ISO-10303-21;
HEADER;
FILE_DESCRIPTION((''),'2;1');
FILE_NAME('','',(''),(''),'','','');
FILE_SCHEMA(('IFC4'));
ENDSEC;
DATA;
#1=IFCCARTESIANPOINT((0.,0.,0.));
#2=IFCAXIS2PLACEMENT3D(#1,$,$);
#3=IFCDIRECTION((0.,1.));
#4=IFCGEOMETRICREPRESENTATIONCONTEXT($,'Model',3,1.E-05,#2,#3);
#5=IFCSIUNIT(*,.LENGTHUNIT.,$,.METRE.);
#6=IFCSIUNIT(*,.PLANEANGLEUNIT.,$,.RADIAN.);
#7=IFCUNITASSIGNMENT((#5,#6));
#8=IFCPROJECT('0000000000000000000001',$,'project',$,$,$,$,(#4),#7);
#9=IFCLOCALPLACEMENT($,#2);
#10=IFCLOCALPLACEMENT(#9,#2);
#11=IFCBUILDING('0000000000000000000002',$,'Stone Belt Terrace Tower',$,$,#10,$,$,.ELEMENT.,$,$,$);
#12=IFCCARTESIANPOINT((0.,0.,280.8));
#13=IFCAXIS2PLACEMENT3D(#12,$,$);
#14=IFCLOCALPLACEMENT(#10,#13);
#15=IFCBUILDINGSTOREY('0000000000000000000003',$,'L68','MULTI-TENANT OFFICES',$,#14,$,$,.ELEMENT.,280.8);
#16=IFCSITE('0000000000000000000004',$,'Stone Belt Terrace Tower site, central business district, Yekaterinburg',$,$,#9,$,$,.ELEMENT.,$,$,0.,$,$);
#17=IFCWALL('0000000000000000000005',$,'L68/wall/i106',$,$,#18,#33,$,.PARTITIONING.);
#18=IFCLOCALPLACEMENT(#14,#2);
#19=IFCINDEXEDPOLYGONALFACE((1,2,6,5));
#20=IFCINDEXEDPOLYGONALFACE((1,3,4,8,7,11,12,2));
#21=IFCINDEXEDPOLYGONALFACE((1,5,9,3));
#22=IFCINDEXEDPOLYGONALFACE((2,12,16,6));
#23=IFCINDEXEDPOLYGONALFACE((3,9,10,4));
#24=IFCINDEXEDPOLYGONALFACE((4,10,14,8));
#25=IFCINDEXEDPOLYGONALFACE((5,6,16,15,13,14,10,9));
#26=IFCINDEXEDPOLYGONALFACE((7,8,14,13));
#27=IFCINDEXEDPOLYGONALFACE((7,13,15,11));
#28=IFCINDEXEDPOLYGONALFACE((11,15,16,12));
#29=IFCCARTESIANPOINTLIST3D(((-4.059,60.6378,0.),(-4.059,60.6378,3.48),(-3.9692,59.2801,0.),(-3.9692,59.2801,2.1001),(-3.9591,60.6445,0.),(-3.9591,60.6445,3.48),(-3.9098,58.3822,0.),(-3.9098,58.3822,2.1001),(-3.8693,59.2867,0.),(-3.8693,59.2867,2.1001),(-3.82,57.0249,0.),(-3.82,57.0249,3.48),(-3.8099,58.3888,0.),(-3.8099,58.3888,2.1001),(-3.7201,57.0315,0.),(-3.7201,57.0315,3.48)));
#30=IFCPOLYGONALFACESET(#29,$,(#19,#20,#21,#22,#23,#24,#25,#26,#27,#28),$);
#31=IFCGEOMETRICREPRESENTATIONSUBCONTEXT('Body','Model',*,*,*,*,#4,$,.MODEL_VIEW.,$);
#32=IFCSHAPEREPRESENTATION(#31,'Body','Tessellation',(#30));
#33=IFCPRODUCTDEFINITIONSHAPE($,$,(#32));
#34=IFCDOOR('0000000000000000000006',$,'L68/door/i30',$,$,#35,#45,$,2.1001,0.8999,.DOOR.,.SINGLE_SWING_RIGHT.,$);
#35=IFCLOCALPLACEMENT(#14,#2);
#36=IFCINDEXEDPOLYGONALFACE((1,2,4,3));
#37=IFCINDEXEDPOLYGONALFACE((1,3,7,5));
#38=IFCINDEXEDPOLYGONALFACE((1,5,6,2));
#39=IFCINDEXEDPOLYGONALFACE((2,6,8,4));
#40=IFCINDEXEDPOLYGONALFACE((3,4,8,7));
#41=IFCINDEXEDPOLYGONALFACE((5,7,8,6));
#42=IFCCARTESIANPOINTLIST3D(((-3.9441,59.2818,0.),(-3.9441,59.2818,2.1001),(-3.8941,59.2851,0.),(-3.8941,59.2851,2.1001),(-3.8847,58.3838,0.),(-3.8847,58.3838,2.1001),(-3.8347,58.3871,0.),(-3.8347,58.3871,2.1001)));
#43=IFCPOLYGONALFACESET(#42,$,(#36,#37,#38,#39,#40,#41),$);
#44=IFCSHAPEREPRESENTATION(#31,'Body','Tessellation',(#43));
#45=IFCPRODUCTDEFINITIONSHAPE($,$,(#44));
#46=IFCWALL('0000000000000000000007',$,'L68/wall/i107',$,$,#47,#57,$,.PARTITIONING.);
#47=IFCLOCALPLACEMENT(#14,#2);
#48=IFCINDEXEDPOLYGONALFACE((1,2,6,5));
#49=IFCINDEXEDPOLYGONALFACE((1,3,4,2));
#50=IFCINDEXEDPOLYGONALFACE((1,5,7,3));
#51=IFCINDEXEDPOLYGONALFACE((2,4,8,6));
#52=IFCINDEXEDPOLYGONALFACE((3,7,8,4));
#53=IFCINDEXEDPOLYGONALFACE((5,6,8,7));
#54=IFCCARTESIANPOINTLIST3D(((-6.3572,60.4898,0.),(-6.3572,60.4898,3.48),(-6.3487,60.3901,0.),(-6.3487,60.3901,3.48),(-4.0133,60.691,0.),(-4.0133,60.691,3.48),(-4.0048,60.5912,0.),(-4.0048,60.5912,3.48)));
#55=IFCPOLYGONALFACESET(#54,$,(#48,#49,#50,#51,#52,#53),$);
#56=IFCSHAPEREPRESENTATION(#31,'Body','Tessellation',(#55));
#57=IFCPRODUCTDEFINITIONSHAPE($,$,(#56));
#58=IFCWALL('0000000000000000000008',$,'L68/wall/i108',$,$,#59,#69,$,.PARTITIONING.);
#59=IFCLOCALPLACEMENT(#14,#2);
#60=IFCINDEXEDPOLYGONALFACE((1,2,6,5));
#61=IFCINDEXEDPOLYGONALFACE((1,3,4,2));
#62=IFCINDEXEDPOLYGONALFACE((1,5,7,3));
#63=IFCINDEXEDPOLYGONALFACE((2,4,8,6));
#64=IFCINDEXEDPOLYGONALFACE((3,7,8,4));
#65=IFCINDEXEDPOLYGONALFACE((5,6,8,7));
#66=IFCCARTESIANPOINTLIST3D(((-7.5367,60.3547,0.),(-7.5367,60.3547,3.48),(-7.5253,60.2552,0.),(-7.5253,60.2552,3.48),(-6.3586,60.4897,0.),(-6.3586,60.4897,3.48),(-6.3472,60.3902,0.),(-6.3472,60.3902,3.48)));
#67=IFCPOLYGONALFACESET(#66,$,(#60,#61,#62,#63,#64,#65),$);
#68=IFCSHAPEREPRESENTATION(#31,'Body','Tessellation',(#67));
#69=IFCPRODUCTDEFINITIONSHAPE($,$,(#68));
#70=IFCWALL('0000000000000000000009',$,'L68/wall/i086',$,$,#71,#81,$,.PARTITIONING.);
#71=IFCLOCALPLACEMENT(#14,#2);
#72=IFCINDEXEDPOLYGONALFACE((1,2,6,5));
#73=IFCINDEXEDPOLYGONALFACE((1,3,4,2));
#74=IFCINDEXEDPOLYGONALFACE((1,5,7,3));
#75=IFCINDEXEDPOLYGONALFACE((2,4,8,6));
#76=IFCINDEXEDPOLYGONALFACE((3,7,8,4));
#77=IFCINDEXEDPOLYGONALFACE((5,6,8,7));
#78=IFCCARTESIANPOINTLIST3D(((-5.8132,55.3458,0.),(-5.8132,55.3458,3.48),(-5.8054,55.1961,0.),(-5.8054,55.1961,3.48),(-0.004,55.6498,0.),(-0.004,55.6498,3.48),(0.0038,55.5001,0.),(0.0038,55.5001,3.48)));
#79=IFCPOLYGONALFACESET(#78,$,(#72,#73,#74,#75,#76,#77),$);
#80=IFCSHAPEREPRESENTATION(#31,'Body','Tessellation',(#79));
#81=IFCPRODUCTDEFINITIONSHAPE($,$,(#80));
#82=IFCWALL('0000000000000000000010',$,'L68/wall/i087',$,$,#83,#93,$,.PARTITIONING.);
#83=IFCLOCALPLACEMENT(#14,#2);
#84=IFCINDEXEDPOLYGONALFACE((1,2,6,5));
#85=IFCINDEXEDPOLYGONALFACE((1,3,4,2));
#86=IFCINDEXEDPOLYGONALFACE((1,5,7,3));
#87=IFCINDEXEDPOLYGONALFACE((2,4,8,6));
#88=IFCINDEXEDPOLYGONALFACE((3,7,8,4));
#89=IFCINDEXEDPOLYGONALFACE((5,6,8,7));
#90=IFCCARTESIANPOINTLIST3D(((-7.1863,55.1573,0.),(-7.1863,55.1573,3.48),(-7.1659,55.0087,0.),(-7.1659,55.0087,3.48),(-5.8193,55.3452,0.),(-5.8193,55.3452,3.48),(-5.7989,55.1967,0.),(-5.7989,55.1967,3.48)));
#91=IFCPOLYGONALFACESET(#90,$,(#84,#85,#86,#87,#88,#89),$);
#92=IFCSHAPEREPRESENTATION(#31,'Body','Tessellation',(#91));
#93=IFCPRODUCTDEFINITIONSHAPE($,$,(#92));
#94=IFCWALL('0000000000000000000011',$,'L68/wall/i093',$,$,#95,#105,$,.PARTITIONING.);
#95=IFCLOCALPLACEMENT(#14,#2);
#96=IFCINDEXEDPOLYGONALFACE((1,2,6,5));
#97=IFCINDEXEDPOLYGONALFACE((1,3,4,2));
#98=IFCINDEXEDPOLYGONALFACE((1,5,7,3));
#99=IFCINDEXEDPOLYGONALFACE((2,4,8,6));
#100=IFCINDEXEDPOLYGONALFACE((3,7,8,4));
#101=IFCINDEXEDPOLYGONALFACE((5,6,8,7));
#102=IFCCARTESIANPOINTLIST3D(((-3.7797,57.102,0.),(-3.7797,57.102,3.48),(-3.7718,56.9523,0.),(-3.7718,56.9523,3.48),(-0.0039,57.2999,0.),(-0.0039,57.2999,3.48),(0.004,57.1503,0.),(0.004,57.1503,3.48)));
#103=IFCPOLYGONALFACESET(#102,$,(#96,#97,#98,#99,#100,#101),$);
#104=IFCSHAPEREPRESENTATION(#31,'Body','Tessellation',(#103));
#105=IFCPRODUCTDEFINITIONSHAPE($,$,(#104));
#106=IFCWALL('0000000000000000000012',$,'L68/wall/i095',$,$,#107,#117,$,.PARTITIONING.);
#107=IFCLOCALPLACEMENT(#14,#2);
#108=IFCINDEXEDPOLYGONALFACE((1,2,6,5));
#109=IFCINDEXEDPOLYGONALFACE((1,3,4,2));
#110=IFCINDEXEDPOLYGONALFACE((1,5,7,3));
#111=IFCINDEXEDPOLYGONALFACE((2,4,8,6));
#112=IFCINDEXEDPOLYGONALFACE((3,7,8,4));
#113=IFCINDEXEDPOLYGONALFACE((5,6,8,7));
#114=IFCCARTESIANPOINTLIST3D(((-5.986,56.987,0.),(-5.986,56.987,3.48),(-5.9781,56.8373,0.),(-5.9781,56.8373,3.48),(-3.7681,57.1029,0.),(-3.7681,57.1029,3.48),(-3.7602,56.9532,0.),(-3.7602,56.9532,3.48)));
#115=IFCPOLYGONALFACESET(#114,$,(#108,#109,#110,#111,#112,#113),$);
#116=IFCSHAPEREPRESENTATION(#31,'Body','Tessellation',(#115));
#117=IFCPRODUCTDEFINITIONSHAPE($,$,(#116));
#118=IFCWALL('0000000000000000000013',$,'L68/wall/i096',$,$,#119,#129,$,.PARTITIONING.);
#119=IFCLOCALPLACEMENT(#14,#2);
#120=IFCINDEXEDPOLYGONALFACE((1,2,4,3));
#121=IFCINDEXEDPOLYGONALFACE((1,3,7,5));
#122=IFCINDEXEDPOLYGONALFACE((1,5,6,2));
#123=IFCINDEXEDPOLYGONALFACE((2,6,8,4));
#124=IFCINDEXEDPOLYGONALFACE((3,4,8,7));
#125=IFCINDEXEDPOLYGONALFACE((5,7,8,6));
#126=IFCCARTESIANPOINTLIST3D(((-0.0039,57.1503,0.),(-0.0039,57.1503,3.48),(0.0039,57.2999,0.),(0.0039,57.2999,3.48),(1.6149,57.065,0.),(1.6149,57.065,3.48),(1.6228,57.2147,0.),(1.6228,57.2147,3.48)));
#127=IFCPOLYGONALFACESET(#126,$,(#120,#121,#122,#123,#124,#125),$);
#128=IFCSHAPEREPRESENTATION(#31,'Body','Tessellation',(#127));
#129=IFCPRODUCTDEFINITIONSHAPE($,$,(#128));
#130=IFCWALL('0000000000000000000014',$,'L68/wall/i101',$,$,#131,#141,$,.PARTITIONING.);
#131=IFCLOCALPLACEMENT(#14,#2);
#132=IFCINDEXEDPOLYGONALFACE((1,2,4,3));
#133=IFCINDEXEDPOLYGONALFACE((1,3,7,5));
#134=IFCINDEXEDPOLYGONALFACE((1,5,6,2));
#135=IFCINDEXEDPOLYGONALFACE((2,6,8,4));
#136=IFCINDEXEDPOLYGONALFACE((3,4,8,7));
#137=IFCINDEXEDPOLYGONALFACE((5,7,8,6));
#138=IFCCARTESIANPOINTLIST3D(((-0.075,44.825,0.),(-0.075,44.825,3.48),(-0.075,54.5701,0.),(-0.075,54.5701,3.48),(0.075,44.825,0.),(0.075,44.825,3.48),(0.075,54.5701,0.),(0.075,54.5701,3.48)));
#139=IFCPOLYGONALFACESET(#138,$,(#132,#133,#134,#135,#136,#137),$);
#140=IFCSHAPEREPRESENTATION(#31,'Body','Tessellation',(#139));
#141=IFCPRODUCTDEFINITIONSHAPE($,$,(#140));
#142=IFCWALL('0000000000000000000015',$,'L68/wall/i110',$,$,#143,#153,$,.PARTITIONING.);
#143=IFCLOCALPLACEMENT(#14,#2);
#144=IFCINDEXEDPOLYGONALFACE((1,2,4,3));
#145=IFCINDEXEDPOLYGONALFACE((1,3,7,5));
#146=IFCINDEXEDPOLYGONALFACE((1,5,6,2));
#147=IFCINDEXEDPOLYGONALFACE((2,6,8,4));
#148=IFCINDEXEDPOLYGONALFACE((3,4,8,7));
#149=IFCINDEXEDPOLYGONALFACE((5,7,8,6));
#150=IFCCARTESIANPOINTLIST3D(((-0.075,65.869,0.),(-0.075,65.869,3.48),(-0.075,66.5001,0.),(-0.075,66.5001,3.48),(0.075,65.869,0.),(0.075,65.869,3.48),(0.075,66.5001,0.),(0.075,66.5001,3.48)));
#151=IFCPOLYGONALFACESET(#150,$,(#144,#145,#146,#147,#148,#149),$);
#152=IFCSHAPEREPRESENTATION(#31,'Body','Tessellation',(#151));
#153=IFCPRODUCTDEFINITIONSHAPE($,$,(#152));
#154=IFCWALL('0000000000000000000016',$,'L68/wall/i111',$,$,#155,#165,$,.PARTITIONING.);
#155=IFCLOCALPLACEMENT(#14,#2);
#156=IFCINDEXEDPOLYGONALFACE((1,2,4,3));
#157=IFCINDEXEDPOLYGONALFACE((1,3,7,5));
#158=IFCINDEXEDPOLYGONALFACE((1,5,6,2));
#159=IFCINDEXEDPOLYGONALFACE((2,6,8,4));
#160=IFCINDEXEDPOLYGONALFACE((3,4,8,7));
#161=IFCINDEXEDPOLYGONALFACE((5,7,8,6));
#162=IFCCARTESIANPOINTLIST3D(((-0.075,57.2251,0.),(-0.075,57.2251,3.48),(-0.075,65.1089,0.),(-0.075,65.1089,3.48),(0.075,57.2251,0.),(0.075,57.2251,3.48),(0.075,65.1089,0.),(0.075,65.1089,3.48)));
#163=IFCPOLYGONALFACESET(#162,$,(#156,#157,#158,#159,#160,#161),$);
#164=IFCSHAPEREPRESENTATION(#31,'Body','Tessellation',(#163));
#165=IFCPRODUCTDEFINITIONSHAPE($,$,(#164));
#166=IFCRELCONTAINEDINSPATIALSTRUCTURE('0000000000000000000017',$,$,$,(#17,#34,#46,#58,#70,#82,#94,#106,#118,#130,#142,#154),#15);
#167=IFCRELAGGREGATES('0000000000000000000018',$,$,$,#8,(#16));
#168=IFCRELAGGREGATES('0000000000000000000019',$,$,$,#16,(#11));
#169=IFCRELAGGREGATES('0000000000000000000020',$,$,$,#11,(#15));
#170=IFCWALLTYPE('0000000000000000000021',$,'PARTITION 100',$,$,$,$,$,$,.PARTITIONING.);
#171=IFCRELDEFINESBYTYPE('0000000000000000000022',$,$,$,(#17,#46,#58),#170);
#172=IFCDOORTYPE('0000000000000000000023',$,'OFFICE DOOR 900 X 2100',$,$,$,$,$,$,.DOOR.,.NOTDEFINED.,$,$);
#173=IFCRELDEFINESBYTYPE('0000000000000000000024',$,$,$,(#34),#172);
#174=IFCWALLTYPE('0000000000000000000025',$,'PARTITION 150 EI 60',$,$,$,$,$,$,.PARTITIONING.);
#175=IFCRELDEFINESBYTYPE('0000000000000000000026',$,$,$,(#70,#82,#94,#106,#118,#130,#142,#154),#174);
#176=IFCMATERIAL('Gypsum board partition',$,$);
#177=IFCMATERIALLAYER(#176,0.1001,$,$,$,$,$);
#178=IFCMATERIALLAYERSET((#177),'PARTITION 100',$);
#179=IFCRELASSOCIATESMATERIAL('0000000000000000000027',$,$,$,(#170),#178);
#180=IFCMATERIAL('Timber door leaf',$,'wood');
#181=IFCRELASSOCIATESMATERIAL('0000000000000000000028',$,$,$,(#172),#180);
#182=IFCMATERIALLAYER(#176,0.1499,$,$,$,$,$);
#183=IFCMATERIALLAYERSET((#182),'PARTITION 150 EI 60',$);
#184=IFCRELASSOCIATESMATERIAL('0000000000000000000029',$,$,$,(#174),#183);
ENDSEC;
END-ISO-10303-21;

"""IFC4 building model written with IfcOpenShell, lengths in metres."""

from ifc_helpers import new_model, si_unit, direction, frame, frame_2d, origin, place, context, subcontext, project, spatial, rectangle, extrude, material, layer, layer_set, type_object, element, fill, save


model = new_model("IFC4")

# Units and contexts
model_context = context("Model", 3, precision=1e-05, world=origin(), true_north=direction((0.0, 1.0)))
body_context = subcontext(model_context, "Body", "Model", "MODEL_VIEW")
ifc_project = project(units=[si_unit("LENGTHUNIT", "METRE"), si_unit("PLANEANGLEUNIT", "RADIAN")], contexts=[model_context])

# Site, building, storey
site_placement = place(None, origin())
site = spatial("IfcSite", under=ifc_project, at=site_placement, Name="Stone Belt Terrace Tower site, central business district, Yekaterinburg", CompositionType="ELEMENT", RefElevation=0.0)
building_placement = place(site_placement, origin())
building = spatial("IfcBuilding", under=site, at=building_placement, Name="Stone Belt Terrace Tower", CompositionType="ELEMENT")
storey_placement = place(building_placement, frame((0.0, 0.0, 280.8)))
storey = spatial("IfcBuildingStorey", under=building, at=storey_placement, Name="L68", Description="MULTI-TENANT OFFICES", CompositionType="ELEMENT", Elevation=280.8)

# Wall, opening, door
ifc_material_1 = material(Name="Gypsum board partition")
ifc_layer_1 = layer(ifc_material_1, 0.1001)
ifc_layer_set_1 = layer_set([ifc_layer_1], Name="PARTITION 100")
wall_type_1 = type_object("IfcWallType", Name="PARTITION 100", PredefinedType="PARTITIONING", material=ifc_layer_set_1)
wall_1_placement = place(storey_placement, frame((-3.77, 57.0281, 0.0), z_axis=(0.0, 0.0, 1.0), x_axis=(-0.066009, 0.997819, 0.0)))
wall_1 = element("IfcWall", 1, at=wall_1_placement, inside=storey, type_object=wall_type_1, Name="L68/wall/i106", PredefinedType="PARTITIONING", context=body_context, shape_type="SweptSolid", body=[
    extrude(rectangle(XDim=3.6208, YDim=0.1001, at=frame_2d((1.8105, 0.0))), origin(), (0.0, 0.0, 1.0), 3.48),
])
opening_placement = place(wall_1_placement, frame((1.3604, 0.0, 0.0)))
opening = element("IfcOpeningElement", 2, at=opening_placement, cuts=wall_1, PredefinedType="OPENING", context=body_context, shape_type="SweptSolid", body=[
    extrude(rectangle(XDim=0.8999, YDim=2.1001, at=frame_2d((0.45, 1.05))), frame((0.0, 0.0601, 0.0), z_axis=(0.0, -1.0, 0.0), x_axis=(1.0, 0.0, 0.0)), (0.0, 0.0, 1.0), 0.1201),
])
ifc_material_2 = material(Name="Timber door leaf", Category="wood")
door_type = type_object("IfcDoorType", Name="OFFICE DOOR 900 X 2100", OperationType="NOTDEFINED", PredefinedType="DOOR", material=ifc_material_2)
door_placement = place(opening_placement, origin())
door = element("IfcDoor", 3, at=door_placement, inside=storey, type_object=door_type, Name="L68/door/i30", OperationType="SINGLE_SWING_RIGHT", OverallHeight=2.1001, OverallWidth=0.8999, PredefinedType="DOOR", context=body_context, shape_type="SweptSolid", body=[
    extrude(rectangle(XDim=0.8999, YDim=2.1001, at=frame_2d((0.45, 1.05))), frame((0.0, 0.0249, 0.0), z_axis=(0.0, -1.0, 0.0), x_axis=(1.0, 0.0, 0.0)), (0.0, 0.0, 1.0), 0.05),
])
fill(opening, door)

# Walls
wall_2_placement = place(storey_placement, frame((-4.009, 60.6411, 0.0), z_axis=(0.0, 0.0, 1.0), x_axis=(-0.996337, -0.08551, 0.0)))
element("IfcWall", 4, at=wall_2_placement, inside=storey, type_object=wall_type_1, Name="L68/wall/i107", PredefinedType="PARTITIONING", context=body_context, shape_type="SweptSolid", body=[
    extrude(rectangle(XDim=2.3525, YDim=0.1001, at=frame_2d((1.1763, 0.0))), origin(), (0.0, 0.0, 1.0), 3.48),
])
wall_3_placement = place(storey_placement, frame((-6.353, 60.4399, 0.0), z_axis=(0.0, 0.0, 1.0), x_axis=(-0.993496, -0.113866, 0.0)))
element("IfcWall", 5, at=wall_3_placement, inside=storey, type_object=wall_type_1, Name="L68/wall/i108", PredefinedType="PARTITIONING", context=body_context, shape_type="SweptSolid", body=[
    extrude(rectangle(XDim=1.1858, YDim=0.1001, at=frame_2d((0.5928, 0.0))), origin(), (0.0, 0.0, 1.0), 3.48),
])
ifc_layer_2 = layer(ifc_material_1, 0.1499)
ifc_layer_set_2 = layer_set([ifc_layer_2], Name="PARTITION 150 EI 60")
wall_type_2 = type_object("IfcWallType", Name="PARTITION 150 EI 60", PredefinedType="PARTITIONING", material=ifc_layer_set_2)
wall_4_placement = place(storey_placement, frame((0.0, 55.575, 0.0), z_axis=(0.0, 0.0, 1.0), x_axis=(-0.998634, -0.052253, 0.0)))
element("IfcWall", 6, at=wall_4_placement, inside=storey, type_object=wall_type_2, Name="L68/wall/i086", PredefinedType="PARTITIONING", context=body_context, shape_type="SweptSolid", body=[
    extrude(rectangle(XDim=5.8171, YDim=0.1499, at=frame_2d((2.9087, 0.0))), origin(), (0.0, 0.0, 1.0), 3.48),
])
wall_5_placement = place(storey_placement, frame((-5.8091, 55.271, 0.0), z_axis=(0.0, 0.0, 1.0), x_axis=(-0.990676, -0.136242, 0.0)))
element("IfcWall", 7, at=wall_5_placement, inside=storey, type_object=wall_type_2, Name="L68/wall/i087", PredefinedType="PARTITIONING", context=body_context, shape_type="SweptSolid", body=[
    extrude(rectangle(XDim=1.3799, YDim=0.1499, at=frame_2d((0.6899, 0.0))), origin(), (0.0, 0.0, 1.0), 3.48),
])
wall_6_placement = place(storey_placement, frame((-3.7759, 57.0271, 0.0), z_axis=(0.0, 0.0, 1.0), x_axis=(0.998628, 0.052366, 0.0)))
element("IfcWall", 8, at=wall_6_placement, inside=storey, type_object=wall_type_2, Name="L68/wall/i093", PredefinedType="PARTITIONING", context=body_context, shape_type="SweptSolid", body=[
    extrude(rectangle(XDim=3.781, YDim=0.1499, at=frame_2d((1.8906, 0.0))), origin(), (0.0, 0.0, 1.0), 3.48),
])
wall_7_placement = place(storey_placement, frame((-5.9819, 56.9121, 0.0), z_axis=(0.0, 0.0, 1.0), x_axis=(0.998636, 0.052213, 0.0)))
element("IfcWall", 9, at=wall_7_placement, inside=storey, type_object=wall_type_2, Name="L68/wall/i095", PredefinedType="PARTITIONING", context=body_context, shape_type="SweptSolid", body=[
    extrude(rectangle(XDim=2.2209, YDim=0.1499, at=frame_2d((1.1104, 0.0))), origin(), (0.0, 0.0, 1.0), 3.48),
])
wall_8_placement = place(storey_placement, frame((0.0, 57.2251, 0.0), z_axis=(0.0, 0.0, 1.0), x_axis=(0.998618, -0.052559, 0.0)))
element("IfcWall", 10, at=wall_8_placement, inside=storey, type_object=wall_type_2, Name="L68/wall/i096", PredefinedType="PARTITIONING", context=body_context, shape_type="SweptSolid", body=[
    extrude(rectangle(XDim=1.6211, YDim=0.1499, at=frame_2d((0.8105, 0.0))), origin(), (0.0, 0.0, 1.0), 3.48),
])
wall_9_placement = place(storey_placement, frame((0.0, 54.5701, 0.0), z_axis=(0.0, 0.0, 1.0), x_axis=(0.0, -1.0, 0.0)))
element("IfcWall", 11, at=wall_9_placement, inside=storey, type_object=wall_type_2, Name="L68/wall/i101", PredefinedType="PARTITIONING", context=body_context, shape_type="SweptSolid", body=[
    extrude(rectangle(XDim=9.7451, YDim=0.1499, at=frame_2d((4.8726, 0.0))), origin(), (0.0, 0.0, 1.0), 3.48),
])
wall_10_placement = place(storey_placement, frame((0.0, 66.5, 0.0), z_axis=(0.0, 0.0, 1.0), x_axis=(0.0, -1.0, 0.0)))
element("IfcWall", 12, at=wall_10_placement, inside=storey, type_object=wall_type_2, Name="L68/wall/i110", PredefinedType="PARTITIONING", context=body_context, shape_type="SweptSolid", body=[
    extrude(rectangle(XDim=0.6311, YDim=0.1499, at=frame_2d((0.3154, 0.0))), origin(), (0.0, 0.0, 1.0), 3.48),
])
wall_11_placement = place(storey_placement, frame((0.0, 65.1089, 0.0), z_axis=(0.0, 0.0, 1.0), x_axis=(0.0, -1.0, 0.0)))
element("IfcWall", 13, at=wall_11_placement, inside=storey, type_object=wall_type_2, Name="L68/wall/i111", PredefinedType="PARTITIONING", context=body_context, shape_type="SweptSolid", body=[
    extrude(rectangle(XDim=7.8838, YDim=0.1499, at=frame_2d((3.9419, 0.0))), origin(), (0.0, 0.0, 1.0), 3.48),
])

save(model, "model.ifc")
